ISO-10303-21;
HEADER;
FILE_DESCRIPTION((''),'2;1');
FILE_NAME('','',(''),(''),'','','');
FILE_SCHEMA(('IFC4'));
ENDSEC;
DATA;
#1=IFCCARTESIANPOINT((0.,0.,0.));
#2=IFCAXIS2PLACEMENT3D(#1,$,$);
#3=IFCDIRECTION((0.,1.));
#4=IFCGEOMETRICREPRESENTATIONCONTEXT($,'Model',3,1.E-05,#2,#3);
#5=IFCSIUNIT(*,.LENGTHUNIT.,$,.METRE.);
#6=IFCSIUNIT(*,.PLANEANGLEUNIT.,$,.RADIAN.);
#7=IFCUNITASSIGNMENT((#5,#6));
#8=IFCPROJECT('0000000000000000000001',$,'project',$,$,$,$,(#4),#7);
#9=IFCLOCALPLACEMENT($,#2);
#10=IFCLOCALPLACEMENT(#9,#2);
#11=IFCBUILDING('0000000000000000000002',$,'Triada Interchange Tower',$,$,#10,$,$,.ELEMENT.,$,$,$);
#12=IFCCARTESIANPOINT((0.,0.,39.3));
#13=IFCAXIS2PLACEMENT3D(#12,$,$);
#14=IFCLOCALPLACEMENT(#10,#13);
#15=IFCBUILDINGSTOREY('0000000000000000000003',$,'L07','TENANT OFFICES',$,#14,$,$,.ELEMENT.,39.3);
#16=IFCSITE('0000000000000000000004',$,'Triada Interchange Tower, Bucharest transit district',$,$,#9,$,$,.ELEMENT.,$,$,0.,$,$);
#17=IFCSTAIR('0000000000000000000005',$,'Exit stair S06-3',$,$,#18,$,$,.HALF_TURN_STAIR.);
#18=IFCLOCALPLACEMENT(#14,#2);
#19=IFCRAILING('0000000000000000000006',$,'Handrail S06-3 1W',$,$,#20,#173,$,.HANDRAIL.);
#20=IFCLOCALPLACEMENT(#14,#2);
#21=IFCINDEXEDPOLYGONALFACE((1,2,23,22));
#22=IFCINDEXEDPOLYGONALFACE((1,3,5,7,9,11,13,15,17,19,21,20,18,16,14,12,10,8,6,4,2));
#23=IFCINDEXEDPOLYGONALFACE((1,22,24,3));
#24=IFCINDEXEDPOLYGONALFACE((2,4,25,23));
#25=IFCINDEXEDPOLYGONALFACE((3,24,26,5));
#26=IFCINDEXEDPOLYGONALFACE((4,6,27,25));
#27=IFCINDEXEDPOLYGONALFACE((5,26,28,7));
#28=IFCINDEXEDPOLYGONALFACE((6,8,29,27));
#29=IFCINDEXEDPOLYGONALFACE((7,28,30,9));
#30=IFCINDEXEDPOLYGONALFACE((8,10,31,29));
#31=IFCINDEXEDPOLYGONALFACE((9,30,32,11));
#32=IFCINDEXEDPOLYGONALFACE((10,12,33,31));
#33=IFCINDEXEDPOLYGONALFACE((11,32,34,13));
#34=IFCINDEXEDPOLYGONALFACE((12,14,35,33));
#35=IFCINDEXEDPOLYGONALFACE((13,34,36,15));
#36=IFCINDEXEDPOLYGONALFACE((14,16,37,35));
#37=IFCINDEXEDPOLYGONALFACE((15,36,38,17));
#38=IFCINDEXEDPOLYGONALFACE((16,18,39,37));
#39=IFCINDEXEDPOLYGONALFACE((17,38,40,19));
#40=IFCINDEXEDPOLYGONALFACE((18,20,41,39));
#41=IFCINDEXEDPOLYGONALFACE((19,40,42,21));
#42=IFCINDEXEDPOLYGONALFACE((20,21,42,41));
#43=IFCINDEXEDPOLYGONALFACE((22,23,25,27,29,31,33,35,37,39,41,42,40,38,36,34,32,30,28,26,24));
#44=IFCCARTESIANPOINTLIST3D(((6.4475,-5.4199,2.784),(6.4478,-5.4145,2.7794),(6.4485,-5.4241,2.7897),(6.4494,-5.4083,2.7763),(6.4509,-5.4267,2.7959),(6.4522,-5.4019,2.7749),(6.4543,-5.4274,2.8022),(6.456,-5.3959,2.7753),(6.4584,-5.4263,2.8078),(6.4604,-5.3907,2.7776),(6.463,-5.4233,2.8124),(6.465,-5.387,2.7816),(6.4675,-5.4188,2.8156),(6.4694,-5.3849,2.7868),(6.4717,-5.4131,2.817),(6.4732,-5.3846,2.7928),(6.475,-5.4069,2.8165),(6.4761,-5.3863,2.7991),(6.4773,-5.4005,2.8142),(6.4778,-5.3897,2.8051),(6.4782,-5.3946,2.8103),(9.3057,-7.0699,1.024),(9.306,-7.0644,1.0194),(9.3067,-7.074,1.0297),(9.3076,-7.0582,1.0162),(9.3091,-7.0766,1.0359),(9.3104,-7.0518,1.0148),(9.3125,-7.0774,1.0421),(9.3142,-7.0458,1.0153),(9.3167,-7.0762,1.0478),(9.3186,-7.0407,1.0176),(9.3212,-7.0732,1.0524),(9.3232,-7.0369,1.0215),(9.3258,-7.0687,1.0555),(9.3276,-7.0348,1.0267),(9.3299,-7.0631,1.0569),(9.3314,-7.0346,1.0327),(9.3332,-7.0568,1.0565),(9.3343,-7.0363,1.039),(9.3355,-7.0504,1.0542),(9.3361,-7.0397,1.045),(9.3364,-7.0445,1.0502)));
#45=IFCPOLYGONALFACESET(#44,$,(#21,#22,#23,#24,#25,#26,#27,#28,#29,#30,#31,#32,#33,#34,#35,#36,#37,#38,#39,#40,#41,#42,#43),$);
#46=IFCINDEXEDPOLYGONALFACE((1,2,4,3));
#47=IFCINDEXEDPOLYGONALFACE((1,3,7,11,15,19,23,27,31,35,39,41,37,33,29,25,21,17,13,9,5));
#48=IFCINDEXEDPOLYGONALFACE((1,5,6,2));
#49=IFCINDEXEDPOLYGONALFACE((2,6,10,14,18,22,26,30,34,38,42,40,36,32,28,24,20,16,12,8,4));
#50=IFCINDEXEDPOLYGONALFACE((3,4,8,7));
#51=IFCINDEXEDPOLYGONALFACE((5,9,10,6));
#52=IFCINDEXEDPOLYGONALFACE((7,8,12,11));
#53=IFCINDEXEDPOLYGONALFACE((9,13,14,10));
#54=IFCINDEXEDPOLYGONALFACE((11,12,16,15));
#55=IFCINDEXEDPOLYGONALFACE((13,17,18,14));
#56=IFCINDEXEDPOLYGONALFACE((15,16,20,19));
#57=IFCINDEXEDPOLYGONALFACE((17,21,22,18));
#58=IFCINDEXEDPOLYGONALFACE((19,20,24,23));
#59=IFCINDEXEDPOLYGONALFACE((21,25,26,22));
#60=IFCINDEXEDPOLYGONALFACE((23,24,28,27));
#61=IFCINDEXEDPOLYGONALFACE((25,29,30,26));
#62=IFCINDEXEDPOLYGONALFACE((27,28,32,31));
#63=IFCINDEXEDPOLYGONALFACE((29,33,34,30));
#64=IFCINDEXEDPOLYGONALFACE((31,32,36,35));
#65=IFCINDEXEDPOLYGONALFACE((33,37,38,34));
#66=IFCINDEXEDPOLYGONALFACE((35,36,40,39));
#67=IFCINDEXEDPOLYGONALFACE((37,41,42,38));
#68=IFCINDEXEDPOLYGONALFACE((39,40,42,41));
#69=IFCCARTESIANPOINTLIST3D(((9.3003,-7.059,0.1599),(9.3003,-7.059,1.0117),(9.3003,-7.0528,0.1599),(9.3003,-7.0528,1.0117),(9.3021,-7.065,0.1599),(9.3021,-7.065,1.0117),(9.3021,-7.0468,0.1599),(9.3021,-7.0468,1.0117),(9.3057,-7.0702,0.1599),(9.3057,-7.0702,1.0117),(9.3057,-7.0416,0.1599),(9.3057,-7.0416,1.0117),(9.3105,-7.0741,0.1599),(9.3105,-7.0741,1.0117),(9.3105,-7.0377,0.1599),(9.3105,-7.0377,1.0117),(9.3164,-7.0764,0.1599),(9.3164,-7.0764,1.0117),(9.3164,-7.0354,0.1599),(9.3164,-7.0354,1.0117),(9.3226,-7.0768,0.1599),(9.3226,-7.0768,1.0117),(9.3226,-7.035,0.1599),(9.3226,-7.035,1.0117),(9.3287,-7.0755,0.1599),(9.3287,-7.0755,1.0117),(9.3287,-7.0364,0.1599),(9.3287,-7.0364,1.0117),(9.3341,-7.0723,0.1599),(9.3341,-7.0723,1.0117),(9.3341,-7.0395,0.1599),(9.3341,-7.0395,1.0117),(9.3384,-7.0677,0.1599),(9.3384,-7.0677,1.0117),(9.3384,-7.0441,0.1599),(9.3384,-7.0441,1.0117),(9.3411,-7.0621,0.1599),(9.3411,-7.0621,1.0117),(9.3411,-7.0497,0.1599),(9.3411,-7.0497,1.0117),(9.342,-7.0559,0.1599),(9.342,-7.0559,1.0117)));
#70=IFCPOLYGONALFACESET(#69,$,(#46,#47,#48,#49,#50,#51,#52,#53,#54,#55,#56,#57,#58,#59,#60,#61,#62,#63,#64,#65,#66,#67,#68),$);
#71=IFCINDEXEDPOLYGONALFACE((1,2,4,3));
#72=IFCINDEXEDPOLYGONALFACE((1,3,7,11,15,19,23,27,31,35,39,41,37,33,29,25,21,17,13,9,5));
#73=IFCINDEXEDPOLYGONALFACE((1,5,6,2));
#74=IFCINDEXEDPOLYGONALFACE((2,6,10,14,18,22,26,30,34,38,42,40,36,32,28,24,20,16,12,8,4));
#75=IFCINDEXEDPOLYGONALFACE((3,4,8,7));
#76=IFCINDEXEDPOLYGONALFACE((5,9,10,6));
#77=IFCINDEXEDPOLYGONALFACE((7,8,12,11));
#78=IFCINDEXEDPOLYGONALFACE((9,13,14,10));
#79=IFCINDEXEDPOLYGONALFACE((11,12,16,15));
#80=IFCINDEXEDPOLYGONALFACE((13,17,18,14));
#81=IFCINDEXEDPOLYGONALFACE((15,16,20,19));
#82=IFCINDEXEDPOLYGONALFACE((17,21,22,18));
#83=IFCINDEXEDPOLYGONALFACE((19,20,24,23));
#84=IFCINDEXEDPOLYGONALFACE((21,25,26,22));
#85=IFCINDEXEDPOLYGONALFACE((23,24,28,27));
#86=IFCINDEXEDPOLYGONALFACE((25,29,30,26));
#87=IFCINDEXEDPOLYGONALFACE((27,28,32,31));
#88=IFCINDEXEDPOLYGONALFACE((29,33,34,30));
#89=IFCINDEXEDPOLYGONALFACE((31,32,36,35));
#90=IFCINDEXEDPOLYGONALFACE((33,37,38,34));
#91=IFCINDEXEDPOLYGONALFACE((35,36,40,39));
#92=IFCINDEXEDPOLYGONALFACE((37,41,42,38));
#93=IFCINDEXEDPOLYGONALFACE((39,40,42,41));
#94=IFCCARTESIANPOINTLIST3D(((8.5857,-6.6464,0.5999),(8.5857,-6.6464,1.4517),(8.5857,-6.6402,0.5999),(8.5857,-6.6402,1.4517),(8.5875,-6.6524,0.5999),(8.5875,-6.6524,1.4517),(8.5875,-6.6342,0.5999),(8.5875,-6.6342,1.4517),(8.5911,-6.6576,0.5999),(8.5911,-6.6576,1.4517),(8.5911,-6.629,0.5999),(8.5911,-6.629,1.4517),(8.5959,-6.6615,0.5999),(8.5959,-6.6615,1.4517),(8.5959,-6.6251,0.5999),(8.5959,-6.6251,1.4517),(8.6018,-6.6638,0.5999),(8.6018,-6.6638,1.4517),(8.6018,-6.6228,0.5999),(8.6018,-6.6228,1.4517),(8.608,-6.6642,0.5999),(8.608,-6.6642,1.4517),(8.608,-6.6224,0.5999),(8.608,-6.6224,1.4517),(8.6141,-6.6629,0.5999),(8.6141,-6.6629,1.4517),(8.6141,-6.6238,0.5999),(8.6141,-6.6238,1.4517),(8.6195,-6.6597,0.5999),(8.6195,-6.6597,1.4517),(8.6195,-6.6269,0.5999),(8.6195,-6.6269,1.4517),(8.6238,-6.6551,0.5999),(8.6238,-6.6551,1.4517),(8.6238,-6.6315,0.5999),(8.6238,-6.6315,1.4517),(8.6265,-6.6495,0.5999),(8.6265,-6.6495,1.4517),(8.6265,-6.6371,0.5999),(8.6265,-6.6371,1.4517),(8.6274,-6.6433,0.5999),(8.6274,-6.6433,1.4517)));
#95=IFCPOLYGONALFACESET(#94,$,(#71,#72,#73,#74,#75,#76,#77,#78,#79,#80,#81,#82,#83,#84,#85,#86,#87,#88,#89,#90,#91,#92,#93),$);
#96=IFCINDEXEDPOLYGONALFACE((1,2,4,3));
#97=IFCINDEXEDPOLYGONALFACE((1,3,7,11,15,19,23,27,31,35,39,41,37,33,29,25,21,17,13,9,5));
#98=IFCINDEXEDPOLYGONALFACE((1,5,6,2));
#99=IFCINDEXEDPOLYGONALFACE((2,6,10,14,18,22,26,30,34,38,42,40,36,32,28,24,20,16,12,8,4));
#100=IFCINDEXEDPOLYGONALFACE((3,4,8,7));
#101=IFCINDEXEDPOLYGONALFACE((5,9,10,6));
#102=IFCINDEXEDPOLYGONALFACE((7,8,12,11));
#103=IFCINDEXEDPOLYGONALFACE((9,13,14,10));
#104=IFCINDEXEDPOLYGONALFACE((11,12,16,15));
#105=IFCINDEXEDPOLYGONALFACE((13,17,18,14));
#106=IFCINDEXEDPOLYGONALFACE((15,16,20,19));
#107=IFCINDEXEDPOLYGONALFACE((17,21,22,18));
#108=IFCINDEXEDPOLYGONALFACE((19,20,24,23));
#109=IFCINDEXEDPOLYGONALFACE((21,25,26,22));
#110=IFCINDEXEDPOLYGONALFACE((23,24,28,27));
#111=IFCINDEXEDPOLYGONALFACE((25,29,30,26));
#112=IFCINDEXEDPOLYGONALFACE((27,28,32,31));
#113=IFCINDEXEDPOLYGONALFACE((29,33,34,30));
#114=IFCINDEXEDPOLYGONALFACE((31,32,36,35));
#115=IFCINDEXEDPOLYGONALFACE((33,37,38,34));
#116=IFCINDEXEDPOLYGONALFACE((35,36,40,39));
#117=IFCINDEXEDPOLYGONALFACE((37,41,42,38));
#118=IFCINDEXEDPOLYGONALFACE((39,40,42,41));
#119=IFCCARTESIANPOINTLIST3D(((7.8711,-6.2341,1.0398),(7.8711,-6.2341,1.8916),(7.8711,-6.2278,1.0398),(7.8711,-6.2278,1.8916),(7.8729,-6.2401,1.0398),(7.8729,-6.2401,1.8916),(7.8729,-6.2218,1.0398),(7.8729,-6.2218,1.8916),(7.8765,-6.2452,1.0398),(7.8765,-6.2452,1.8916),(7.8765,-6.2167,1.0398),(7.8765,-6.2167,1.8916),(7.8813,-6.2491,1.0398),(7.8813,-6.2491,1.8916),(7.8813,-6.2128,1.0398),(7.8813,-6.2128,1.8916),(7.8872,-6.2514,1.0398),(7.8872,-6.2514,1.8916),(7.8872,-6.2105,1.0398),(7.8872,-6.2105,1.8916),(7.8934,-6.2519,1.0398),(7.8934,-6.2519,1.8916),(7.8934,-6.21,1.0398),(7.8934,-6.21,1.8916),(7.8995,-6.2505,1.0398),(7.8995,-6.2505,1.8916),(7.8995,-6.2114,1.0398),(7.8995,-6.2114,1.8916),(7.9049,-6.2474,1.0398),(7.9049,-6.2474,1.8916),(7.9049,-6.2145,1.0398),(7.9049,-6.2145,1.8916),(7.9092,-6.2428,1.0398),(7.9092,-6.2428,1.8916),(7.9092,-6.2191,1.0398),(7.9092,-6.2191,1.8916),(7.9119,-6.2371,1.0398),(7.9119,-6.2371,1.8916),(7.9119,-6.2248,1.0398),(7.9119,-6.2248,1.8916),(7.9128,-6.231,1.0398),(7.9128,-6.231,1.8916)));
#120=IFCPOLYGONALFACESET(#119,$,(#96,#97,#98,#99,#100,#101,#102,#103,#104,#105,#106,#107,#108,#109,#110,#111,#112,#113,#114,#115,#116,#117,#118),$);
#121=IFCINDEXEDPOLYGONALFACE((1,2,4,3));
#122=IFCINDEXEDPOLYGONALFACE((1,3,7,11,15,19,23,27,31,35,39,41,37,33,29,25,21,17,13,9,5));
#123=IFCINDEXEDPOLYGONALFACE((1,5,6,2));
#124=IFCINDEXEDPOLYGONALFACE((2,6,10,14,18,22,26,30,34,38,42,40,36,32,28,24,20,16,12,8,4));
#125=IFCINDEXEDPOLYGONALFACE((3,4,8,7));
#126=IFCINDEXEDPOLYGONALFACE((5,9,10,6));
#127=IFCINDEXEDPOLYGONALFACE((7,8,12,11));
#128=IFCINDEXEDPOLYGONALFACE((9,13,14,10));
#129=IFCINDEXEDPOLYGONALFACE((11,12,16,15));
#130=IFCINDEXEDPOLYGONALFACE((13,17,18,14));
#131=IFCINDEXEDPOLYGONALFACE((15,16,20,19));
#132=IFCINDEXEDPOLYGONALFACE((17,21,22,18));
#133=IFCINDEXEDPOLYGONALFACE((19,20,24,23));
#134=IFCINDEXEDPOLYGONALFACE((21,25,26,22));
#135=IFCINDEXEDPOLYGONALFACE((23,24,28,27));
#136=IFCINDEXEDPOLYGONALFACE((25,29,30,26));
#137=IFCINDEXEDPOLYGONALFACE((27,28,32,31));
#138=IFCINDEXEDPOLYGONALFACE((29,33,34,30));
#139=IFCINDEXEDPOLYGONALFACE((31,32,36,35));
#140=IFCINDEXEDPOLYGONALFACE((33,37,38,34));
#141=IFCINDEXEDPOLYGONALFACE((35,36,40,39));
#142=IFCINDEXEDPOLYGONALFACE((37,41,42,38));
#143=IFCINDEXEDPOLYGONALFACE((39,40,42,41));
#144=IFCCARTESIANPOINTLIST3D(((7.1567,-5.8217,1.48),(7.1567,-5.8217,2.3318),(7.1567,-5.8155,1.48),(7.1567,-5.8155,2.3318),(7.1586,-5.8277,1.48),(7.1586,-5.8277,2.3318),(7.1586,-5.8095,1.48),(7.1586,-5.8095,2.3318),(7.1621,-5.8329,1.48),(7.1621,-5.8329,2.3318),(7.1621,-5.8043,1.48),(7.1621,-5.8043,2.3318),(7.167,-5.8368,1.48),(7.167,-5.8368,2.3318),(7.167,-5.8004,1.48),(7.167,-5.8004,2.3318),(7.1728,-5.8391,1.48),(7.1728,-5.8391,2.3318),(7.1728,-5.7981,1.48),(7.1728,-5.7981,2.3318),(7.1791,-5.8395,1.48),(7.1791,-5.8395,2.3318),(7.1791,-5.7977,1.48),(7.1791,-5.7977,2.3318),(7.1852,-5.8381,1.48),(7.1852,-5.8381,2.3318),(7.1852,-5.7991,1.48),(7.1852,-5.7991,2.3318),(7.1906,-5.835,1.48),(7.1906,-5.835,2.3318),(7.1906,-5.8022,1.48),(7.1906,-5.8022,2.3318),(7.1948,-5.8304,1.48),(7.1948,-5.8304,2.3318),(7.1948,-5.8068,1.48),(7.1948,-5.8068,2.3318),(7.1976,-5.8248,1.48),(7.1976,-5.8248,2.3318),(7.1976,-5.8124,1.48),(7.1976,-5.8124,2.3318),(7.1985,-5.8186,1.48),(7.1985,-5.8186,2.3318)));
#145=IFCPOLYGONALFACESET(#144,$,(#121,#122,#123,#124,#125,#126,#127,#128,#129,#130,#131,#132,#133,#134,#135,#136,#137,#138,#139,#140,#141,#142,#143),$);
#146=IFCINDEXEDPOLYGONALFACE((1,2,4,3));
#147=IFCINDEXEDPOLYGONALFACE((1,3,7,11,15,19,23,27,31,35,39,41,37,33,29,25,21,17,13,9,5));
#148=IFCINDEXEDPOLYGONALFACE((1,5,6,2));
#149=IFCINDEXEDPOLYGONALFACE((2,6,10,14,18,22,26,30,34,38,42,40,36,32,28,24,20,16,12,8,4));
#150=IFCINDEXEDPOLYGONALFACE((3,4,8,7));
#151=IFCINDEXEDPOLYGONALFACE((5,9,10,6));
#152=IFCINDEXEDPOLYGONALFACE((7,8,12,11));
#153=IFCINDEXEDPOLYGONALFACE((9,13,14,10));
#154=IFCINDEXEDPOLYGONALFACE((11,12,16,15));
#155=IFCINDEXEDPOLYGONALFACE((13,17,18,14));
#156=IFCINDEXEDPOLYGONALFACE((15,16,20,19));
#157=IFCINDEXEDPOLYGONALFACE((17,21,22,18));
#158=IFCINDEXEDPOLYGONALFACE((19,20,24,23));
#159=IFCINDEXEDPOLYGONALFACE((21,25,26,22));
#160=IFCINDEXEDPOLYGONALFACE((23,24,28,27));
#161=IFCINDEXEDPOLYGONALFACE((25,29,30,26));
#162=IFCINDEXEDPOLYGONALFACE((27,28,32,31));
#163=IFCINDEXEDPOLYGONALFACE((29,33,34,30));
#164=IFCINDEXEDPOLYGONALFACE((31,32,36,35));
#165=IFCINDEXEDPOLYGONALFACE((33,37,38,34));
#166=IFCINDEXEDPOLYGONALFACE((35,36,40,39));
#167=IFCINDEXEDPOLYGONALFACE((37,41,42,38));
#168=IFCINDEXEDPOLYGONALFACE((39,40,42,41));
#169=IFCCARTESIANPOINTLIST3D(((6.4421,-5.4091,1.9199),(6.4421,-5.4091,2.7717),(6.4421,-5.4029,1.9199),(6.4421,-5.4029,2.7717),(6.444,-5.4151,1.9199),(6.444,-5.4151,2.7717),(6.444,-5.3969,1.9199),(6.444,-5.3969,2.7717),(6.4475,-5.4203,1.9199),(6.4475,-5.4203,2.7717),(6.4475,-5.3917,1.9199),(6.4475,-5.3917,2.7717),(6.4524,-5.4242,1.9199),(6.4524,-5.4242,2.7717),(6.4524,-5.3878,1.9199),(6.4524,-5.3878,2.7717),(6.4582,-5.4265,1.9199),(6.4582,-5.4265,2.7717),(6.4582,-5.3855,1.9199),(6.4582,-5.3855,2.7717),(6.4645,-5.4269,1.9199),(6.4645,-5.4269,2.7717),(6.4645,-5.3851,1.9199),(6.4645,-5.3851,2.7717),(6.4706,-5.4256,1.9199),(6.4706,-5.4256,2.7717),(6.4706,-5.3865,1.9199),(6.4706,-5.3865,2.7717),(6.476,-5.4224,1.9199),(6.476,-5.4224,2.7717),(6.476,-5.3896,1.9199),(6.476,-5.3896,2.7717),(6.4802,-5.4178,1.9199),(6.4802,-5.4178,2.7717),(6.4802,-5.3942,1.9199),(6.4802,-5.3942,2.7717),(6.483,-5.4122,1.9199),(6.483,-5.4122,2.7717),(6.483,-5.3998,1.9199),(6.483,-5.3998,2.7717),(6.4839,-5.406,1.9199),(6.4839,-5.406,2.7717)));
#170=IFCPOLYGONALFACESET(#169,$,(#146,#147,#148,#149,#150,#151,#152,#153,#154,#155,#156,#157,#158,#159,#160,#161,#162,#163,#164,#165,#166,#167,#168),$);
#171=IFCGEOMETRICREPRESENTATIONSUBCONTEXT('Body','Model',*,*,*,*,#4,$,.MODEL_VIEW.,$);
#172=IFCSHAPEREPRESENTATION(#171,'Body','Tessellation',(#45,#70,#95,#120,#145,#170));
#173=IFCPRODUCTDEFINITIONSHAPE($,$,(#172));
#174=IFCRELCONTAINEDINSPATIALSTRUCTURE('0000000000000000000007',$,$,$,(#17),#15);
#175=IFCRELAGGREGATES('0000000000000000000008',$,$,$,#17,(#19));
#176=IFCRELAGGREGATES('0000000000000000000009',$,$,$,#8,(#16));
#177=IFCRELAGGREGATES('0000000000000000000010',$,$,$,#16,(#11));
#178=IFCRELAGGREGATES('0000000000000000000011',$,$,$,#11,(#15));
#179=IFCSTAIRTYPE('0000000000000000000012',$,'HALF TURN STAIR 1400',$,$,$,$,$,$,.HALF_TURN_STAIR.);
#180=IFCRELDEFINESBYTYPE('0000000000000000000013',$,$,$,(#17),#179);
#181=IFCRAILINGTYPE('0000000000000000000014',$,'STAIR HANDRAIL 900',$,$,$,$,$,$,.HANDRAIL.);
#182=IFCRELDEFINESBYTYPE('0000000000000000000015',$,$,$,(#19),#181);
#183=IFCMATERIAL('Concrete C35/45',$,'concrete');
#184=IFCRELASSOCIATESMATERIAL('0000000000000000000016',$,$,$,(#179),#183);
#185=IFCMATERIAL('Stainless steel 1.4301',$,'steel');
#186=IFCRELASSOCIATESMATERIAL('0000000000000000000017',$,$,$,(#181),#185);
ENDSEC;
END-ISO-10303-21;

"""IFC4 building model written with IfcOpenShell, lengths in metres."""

from ifc_helpers import new_model, si_unit, direction, frame, origin, origin_2d, place, context, subcontext, project, spatial, circle, extrude, material, type_object, element, aggregate, save


model = new_model("IFC4")

# Units and contexts
model_context = context("Model", 3, precision=1e-05, world=origin(), true_north=direction((0.0, 1.0)))
body_context = subcontext(model_context, "Body", "Model", "MODEL_VIEW")
ifc_project = project(units=[si_unit("LENGTHUNIT", "METRE"), si_unit("PLANEANGLEUNIT", "RADIAN")], contexts=[model_context])

# Site, building, storey
site_placement = place(None, origin())
site = spatial("IfcSite", under=ifc_project, at=site_placement, Name="Triada Interchange Tower, Bucharest transit district", CompositionType="ELEMENT", RefElevation=0.0)
building_placement = place(site_placement, origin())
building = spatial("IfcBuilding", under=site, at=building_placement, Name="Triada Interchange Tower", CompositionType="ELEMENT")
storey_placement = place(building_placement, frame((0.0, 0.0, 39.3)))
storey = spatial("IfcBuildingStorey", under=building, at=storey_placement, Name="L07", Description="TENANT OFFICES", CompositionType="ELEMENT", Elevation=39.3)

# Stair, railing
ifc_material_1 = material(Name="Concrete C35/45", Category="concrete")
stair_type = type_object("IfcStairType", Name="HALF TURN STAIR 1400", PredefinedType="HALF_TURN_STAIR", material=ifc_material_1)
stair_placement = place(storey_placement, origin())
stair = element("IfcStair", 1, at=stair_placement, inside=storey, type_object=stair_type, Name="Exit stair S06-3", PredefinedType="HALF_TURN_STAIR")
ifc_material_2 = material(Name="Stainless steel 1.4301", Category="steel")
railing_type = type_object("IfcRailingType", Name="STAIR HANDRAIL 900", PredefinedType="HANDRAIL", material=ifc_material_2)
railing_1_placement = place(storey_placement, frame((9.321, -7.0559, 0.1599)))
railing_1 = element("IfcRailing", 2, at=railing_1_placement, type_object=railing_type, Name="Handrail S06-3 1W", PredefinedType="HANDRAIL", context=body_context, shape_type="SweptSolid", body=[
    extrude(circle(Radius=0.0239, at=origin_2d()), frame((0.0, 0.0, 0.876), z_axis=(-0.764178, 0.441131, 0.47057), x_axis=(-0.499942, -0.866059, 0.0)), (0.0, 0.0, 1.0), 3.7402),
    extrude(circle(Radius=0.021, at=origin_2d()), origin(), (0.0, 0.0, 1.0), 0.8518),
    extrude(circle(Radius=0.021, at=origin_2d()), frame((-0.7146, 0.4126, 0.4399)), (0.0, 0.0, 1.0), 0.8518),
    extrude(circle(Radius=0.021, at=origin_2d()), frame((-1.4292, 0.825, 0.8799)), (0.0, 0.0, 1.0), 0.8518),
    extrude(circle(Radius=0.021, at=origin_2d()), frame((-2.1436, 1.2373, 1.3201)), (0.0, 0.0, 1.0), 0.8518),
    extrude(circle(Radius=0.021, at=origin_2d()), frame((-2.8582, 1.6499, 1.76)), (0.0, 0.0, 1.0), 0.8518),
])
aggregate(stair, [railing_1])

save(model, "model.ifc")
